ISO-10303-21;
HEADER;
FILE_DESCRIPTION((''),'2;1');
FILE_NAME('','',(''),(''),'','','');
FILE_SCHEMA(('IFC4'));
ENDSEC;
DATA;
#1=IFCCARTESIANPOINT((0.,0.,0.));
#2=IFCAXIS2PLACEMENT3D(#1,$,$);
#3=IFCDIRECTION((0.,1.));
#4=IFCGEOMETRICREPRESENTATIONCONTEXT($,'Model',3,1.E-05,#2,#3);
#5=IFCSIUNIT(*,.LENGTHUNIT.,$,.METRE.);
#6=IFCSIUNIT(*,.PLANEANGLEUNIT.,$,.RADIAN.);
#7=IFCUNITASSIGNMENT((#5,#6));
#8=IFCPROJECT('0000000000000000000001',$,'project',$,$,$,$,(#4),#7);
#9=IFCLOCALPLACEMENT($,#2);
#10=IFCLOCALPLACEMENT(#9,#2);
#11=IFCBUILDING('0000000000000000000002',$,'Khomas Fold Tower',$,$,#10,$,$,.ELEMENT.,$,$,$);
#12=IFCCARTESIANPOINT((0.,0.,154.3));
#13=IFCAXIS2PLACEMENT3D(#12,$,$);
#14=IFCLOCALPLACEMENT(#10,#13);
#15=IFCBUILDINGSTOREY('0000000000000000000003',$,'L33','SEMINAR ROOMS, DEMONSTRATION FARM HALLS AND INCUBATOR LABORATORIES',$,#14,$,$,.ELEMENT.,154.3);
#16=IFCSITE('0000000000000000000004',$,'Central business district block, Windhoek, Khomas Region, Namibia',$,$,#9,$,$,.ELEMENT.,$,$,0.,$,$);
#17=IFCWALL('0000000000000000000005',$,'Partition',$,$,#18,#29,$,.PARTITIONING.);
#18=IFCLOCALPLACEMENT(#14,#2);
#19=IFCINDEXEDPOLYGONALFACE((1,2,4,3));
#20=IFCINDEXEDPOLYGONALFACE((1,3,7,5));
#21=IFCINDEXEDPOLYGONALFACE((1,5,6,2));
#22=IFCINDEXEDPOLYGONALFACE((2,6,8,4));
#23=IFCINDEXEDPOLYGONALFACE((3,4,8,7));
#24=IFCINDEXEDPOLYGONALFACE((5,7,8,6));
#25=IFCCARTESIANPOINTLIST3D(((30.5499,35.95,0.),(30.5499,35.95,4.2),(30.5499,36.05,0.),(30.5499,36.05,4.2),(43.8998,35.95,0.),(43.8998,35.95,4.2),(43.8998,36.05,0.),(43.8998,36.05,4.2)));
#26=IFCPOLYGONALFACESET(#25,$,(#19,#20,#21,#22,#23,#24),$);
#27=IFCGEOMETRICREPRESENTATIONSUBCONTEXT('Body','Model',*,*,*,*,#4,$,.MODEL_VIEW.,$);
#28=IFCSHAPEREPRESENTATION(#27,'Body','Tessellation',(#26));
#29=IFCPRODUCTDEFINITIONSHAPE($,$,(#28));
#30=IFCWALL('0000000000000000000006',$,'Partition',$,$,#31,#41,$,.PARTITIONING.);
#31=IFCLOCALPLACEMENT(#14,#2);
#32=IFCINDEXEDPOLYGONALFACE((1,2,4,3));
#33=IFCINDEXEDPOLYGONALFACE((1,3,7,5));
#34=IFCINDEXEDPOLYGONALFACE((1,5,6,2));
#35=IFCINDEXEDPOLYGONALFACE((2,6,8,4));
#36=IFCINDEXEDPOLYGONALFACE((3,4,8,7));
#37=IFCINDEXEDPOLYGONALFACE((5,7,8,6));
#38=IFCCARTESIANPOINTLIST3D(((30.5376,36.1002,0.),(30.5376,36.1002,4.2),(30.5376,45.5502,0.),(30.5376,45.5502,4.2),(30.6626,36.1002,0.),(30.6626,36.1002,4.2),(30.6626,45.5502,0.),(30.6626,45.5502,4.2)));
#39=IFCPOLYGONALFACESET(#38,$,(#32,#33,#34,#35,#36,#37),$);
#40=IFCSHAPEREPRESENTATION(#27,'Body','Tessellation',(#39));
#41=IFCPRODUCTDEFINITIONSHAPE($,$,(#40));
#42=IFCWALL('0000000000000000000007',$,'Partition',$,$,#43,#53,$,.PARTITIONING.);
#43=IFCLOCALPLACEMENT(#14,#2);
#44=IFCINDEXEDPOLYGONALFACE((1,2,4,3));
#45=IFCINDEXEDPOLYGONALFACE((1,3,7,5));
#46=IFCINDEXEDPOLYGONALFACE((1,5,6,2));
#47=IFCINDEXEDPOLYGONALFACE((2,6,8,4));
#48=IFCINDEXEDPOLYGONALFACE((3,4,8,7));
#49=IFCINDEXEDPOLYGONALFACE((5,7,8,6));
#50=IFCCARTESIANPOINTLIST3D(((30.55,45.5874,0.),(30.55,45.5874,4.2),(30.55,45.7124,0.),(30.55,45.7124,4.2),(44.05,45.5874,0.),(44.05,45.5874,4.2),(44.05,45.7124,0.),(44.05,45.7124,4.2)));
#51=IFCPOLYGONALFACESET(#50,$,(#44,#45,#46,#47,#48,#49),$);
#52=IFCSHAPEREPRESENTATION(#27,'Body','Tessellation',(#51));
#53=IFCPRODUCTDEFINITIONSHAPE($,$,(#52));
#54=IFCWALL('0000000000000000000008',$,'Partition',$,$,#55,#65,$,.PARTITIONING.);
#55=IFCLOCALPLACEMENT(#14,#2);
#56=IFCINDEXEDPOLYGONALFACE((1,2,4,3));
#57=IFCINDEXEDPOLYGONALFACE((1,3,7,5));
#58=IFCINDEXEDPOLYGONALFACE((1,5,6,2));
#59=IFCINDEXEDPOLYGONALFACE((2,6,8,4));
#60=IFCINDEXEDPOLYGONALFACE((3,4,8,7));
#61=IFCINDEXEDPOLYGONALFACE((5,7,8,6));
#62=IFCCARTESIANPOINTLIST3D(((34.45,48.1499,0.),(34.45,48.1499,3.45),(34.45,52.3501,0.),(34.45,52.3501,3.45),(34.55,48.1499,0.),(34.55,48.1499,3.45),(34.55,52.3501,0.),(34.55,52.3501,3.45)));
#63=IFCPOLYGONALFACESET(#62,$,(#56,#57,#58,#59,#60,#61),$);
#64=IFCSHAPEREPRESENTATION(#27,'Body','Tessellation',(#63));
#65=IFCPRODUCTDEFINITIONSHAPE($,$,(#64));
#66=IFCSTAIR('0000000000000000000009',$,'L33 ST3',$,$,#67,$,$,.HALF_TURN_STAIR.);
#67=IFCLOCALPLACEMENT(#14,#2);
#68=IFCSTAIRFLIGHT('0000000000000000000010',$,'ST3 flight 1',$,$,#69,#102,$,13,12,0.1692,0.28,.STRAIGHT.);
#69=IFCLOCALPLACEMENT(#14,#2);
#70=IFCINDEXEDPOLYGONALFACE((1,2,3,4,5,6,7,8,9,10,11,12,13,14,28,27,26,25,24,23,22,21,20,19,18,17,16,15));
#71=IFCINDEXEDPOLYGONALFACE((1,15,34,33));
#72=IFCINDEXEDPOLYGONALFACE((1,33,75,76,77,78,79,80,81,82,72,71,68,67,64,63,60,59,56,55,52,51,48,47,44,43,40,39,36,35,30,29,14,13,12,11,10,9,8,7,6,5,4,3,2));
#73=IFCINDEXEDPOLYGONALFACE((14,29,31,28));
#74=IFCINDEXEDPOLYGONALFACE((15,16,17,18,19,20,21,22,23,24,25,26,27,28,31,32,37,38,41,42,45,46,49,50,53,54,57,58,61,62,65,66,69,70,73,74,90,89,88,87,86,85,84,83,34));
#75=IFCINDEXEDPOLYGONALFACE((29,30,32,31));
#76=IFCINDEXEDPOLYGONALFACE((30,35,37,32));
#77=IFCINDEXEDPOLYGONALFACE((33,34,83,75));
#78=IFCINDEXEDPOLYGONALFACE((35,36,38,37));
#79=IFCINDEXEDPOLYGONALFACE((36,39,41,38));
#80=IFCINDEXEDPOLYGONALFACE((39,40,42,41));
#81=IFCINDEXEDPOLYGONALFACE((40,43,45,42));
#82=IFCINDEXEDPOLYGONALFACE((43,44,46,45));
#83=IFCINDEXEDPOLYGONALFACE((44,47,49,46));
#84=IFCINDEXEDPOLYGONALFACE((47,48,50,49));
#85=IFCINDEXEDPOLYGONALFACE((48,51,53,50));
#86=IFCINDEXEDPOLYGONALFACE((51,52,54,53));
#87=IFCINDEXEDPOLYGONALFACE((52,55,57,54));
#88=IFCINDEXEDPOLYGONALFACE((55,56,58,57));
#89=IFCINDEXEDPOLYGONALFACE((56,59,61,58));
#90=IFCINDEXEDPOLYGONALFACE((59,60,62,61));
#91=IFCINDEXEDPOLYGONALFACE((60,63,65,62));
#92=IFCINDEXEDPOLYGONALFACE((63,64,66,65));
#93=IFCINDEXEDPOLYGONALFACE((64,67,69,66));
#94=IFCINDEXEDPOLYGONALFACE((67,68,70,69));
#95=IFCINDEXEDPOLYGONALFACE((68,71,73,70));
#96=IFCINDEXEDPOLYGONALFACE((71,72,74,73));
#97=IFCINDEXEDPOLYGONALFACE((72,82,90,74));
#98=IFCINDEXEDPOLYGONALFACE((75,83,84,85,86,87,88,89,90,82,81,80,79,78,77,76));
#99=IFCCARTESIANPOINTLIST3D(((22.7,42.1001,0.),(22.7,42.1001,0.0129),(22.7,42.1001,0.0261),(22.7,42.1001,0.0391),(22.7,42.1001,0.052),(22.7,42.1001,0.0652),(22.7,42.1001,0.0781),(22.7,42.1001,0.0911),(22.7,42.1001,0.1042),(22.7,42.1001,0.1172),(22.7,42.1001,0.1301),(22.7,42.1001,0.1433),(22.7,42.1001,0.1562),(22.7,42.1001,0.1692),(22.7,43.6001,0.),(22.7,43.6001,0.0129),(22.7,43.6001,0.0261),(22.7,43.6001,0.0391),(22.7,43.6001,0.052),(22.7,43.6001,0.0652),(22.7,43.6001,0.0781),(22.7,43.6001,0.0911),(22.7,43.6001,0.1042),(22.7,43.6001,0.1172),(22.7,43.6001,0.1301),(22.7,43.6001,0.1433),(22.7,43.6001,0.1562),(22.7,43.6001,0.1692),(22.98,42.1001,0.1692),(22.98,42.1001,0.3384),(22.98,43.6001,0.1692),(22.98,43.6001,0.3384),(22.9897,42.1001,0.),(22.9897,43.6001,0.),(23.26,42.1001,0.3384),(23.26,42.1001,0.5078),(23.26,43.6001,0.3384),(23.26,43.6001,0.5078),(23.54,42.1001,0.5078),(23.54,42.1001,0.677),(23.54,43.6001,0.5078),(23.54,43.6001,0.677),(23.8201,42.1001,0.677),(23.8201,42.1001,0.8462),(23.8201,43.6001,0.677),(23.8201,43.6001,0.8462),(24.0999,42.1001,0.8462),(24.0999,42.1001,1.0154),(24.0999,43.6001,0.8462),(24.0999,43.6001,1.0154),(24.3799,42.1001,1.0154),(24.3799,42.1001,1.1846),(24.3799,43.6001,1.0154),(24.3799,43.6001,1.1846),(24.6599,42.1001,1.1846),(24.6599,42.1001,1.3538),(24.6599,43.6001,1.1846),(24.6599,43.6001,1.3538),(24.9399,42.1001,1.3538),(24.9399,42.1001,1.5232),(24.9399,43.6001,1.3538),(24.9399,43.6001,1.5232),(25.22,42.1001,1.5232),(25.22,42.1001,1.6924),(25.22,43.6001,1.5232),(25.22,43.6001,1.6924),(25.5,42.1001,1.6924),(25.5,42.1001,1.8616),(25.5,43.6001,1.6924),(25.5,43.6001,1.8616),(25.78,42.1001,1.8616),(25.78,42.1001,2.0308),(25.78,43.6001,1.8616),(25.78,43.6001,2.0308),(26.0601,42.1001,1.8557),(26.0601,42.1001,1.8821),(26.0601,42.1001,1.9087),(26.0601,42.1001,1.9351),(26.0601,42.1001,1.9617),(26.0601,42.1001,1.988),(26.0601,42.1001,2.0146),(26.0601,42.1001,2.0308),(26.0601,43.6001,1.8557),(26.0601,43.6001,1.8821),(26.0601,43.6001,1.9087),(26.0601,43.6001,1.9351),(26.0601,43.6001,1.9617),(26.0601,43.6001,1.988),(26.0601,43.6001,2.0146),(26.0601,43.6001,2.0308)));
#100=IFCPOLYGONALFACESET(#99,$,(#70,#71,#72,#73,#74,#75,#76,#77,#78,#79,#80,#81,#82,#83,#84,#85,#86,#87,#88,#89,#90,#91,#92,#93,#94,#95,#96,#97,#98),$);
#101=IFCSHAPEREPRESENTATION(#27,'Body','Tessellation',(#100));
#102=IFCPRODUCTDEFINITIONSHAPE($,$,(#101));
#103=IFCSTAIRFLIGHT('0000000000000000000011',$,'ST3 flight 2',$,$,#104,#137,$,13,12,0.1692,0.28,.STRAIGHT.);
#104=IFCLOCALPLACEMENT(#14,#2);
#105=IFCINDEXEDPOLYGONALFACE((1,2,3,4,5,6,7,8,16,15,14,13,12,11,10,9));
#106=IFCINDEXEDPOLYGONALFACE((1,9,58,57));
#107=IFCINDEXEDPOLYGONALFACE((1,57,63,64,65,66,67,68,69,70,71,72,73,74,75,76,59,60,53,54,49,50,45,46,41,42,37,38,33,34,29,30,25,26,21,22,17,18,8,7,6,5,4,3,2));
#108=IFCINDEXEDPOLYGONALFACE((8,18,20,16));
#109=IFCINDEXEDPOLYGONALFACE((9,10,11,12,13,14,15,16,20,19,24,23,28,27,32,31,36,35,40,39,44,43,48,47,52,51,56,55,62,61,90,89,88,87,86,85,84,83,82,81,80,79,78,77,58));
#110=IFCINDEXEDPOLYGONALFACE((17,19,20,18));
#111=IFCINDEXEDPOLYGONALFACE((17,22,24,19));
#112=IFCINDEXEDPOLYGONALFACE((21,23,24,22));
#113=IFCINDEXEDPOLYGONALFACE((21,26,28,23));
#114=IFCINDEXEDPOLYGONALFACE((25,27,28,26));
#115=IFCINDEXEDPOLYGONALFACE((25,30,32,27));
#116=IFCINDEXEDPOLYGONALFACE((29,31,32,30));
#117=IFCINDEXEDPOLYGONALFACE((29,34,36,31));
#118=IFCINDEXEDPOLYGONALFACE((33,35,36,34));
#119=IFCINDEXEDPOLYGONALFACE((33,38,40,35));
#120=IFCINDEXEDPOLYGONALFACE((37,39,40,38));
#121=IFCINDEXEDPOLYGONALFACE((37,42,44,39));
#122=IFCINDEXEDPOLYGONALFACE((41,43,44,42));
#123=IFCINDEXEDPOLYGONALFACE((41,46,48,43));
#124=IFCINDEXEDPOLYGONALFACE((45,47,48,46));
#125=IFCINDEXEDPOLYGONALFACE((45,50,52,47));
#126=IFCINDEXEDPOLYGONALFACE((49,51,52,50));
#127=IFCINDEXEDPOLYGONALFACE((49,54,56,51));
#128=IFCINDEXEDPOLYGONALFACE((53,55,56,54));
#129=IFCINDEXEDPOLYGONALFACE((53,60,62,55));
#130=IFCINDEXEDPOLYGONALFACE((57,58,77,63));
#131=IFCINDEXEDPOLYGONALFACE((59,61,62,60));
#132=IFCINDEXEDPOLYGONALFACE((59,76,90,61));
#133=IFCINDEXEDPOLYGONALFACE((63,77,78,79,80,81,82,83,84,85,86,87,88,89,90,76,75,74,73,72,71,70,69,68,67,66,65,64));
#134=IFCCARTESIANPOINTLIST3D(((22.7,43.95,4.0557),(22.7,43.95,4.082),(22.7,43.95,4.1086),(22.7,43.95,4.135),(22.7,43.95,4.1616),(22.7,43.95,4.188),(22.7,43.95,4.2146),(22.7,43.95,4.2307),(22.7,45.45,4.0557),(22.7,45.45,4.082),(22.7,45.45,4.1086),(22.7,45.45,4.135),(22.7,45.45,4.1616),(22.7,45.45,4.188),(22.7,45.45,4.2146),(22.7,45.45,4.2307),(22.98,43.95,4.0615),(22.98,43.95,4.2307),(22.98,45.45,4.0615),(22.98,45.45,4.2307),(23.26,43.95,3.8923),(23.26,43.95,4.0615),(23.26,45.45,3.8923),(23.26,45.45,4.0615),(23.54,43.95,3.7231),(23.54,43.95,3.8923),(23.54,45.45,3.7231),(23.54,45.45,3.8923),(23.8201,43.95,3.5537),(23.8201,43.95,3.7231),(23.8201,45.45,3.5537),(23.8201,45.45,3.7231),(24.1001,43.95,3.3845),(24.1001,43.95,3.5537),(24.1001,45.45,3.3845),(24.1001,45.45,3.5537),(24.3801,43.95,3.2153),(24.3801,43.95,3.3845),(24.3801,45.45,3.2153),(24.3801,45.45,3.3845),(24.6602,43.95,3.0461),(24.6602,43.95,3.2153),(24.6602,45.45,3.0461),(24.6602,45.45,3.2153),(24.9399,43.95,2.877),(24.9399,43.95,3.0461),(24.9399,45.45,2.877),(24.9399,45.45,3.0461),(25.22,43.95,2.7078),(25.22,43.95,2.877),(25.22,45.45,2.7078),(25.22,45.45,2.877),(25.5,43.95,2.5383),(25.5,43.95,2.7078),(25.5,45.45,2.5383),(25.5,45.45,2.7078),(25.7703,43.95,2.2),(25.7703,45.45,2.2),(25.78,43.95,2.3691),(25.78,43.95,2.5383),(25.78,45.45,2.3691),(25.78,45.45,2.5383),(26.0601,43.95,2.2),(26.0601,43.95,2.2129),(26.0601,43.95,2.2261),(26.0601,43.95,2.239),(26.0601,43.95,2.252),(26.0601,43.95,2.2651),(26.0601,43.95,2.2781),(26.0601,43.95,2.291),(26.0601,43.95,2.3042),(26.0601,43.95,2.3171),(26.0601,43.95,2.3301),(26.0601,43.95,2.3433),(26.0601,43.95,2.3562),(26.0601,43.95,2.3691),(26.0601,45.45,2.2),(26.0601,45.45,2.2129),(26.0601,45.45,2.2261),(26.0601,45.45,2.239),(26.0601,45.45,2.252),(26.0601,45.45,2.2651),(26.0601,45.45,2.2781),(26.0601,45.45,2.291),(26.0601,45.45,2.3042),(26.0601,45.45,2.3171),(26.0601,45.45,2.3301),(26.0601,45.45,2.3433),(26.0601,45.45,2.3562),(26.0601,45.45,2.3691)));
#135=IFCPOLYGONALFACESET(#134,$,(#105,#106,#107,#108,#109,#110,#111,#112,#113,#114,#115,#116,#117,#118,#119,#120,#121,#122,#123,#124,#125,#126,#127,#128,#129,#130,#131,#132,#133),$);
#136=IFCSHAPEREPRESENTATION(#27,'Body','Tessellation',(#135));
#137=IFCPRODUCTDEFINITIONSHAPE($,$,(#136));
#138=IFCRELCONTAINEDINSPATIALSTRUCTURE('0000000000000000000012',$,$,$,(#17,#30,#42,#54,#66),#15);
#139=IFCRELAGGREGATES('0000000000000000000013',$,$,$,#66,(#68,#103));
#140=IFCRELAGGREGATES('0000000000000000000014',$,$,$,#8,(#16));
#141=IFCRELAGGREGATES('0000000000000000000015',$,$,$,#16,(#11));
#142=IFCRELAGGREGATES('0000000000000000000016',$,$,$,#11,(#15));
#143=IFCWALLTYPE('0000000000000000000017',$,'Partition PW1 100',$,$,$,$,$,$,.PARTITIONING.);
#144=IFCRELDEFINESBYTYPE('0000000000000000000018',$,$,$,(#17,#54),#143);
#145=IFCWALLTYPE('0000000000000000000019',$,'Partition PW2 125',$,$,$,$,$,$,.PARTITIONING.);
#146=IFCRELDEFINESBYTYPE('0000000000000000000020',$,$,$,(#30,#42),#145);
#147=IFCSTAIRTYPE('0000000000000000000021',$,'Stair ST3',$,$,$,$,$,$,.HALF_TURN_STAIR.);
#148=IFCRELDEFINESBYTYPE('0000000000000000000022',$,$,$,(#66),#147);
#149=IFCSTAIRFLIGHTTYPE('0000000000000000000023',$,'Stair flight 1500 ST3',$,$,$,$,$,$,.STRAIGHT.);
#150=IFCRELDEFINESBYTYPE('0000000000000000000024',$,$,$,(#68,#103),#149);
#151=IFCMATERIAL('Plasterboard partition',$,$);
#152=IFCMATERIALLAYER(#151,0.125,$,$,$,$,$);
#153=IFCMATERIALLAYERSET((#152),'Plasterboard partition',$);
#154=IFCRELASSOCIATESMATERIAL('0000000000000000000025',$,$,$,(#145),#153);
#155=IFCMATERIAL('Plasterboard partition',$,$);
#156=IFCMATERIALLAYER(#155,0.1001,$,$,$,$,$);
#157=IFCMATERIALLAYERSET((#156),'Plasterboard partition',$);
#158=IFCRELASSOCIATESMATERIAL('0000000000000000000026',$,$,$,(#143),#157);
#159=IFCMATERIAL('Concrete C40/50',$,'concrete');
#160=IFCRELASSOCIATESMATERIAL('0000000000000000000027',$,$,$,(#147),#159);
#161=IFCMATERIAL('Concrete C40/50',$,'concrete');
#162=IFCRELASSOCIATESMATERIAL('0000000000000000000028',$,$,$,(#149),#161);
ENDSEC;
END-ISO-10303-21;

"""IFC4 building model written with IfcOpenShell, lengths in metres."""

from ifc_helpers import new_model, si_unit, direction, frame, frame_2d, origin, place, context, subcontext, project, spatial, polyline, rectangle, outline, extrude, source, transform, mapped, material, layer, layer_set, type_object, element, aggregate, save


model = new_model("IFC4")

# Units and contexts
model_context = context("Model", 3, precision=1e-05, world=origin(), true_north=direction((0.0, 1.0)))
body_context = subcontext(model_context, "Body", "Model", "MODEL_VIEW")
ifc_project = project(units=[si_unit("LENGTHUNIT", "METRE"), si_unit("PLANEANGLEUNIT", "RADIAN")], contexts=[model_context])

# Site, building, storey
site_placement = place(None, origin())
site = spatial("IfcSite", under=ifc_project, at=site_placement, Name="Central business district block, Windhoek, Khomas Region, Namibia", CompositionType="ELEMENT", RefElevation=0.0)
building_placement = place(site_placement, origin())
building = spatial("IfcBuilding", under=site, at=building_placement, Name="Khomas Fold Tower", CompositionType="ELEMENT")
storey_placement = place(building_placement, frame((0.0, 0.0, 154.3)))
storey = spatial("IfcBuildingStorey", under=building, at=storey_placement, Name="L33", Description="SEMINAR ROOMS, DEMONSTRATION FARM HALLS AND INCUBATOR LABORATORIES", CompositionType="ELEMENT", Elevation=154.3)

# Walls
ifc_material_1 = material(Name="Plasterboard partition")
ifc_layer_1 = layer(ifc_material_1, 0.125)
ifc_layer_set_1 = layer_set([ifc_layer_1], Name="Plasterboard partition")
wall_type_1 = type_object("IfcWallType", Name="Partition PW2 125", PredefinedType="PARTITIONING", material=ifc_layer_set_1)
ifc_material_2 = material(Name="Plasterboard partition")
ifc_layer_2 = layer(ifc_material_2, 0.1001)
ifc_layer_set_2 = layer_set([ifc_layer_2], Name="Plasterboard partition")
wall_type_2 = type_object("IfcWallType", Name="Partition PW1 100", PredefinedType="PARTITIONING", material=ifc_layer_set_2)
shared_shape_1 = source(origin(), body_context, "Body", "SweptSolid", [
    extrude(rectangle(XDim=13.3499, YDim=0.1001, at=frame_2d((6.6748, 0.0))), origin(), (0.0, 0.0, 1.0), 4.2),
])
wall_1_placement = place(storey_placement, frame((30.55, 36.0, 0.0), z_axis=(0.0, 0.0, 1.0), x_axis=(1.0, 0.0, 0.0)))
element("IfcWall", 1, at=wall_1_placement, inside=storey, type_object=wall_type_2, Name="Partition", PredefinedType="PARTITIONING", context=body_context, shape_type="MappedRepresentation", body=[
    mapped(shared_shape_1, transform((0.0, 0.0, 0.0))),
])
shared_shape_2 = source(origin(), body_context, "Body", "SweptSolid", [
    extrude(rectangle(XDim=9.45, YDim=0.125, at=frame_2d((4.7251, 0.0))), origin(), (0.0, 0.0, 1.0), 4.2),
])
wall_2_placement = place(storey_placement, frame((30.6001, 36.1001, 0.0), z_axis=(0.0, 0.0, 1.0), x_axis=(0.0, 1.0, 0.0)))
element("IfcWall", 2, at=wall_2_placement, inside=storey, type_object=wall_type_1, Name="Partition", PredefinedType="PARTITIONING", context=body_context, shape_type="MappedRepresentation", body=[
    mapped(shared_shape_2, transform((0.0, 0.0, 0.0))),
])
shared_shape_3 = source(origin(), body_context, "Body", "SweptSolid", [
    extrude(rectangle(XDim=13.5, YDim=0.125, at=frame_2d((6.75, 0.0))), origin(), (0.0, 0.0, 1.0), 4.2),
])
wall_3_placement = place(storey_placement, frame((30.55, 45.6499, 0.0), z_axis=(0.0, 0.0, 1.0), x_axis=(1.0, 0.0, 0.0)))
element("IfcWall", 3, at=wall_3_placement, inside=storey, type_object=wall_type_1, Name="Partition", PredefinedType="PARTITIONING", context=body_context, shape_type="MappedRepresentation", body=[
    mapped(shared_shape_3, transform((0.0, 0.0, 0.0))),
])
shared_shape_4 = source(origin(), body_context, "Body", "SweptSolid", [
    extrude(rectangle(XDim=4.2002, YDim=0.1001, at=frame_2d((2.1001, 0.0))), origin(), (0.0, 0.0, 1.0), 3.45),
])
wall_4_placement = place(storey_placement, frame((34.5, 48.1499, 0.0), z_axis=(0.0, 0.0, 1.0), x_axis=(0.0, 1.0, 0.0)))
element("IfcWall", 4, at=wall_4_placement, inside=storey, type_object=wall_type_2, Name="Partition", PredefinedType="PARTITIONING", context=body_context, shape_type="MappedRepresentation", body=[
    mapped(shared_shape_4, transform((0.0, 0.0, 0.0))),
])

# Stair, stair flights
ifc_material_3 = material(Name="Concrete C40/50", Category="concrete")
stair_type = type_object("IfcStairType", Name="Stair ST3", PredefinedType="HALF_TURN_STAIR", material=ifc_material_3)
stair_placement = place(storey_placement, origin())
stair = element("IfcStair", 5, at=stair_placement, inside=storey, type_object=stair_type, Name="L33 ST3", PredefinedType="HALF_TURN_STAIR")
ifc_material_4 = material(Name="Concrete C40/50", Category="concrete")
stair_flight_type = type_object("IfcStairFlightType", Name="Stair flight 1500 ST3", PredefinedType="STRAIGHT", material=ifc_material_4)
shared_shape_5 = source(origin(), body_context, "Body", "SweptSolid", [
    extrude(outline(polyline([(0.0, 0.0), (0.0, 0.0129), (0.0, 0.0261), (0.0, 0.0391), (0.0, 0.052), (0.0, 0.0652), (0.0, 0.0781), (0.0, 0.0911), (0.0, 0.1042), (0.0, 0.1172), (0.0, 0.1301), (0.0, 0.1433), (0.0, 0.1562), (0.0, 0.1692), (0.28, 0.1692), (0.28, 0.3384), (0.5601, 0.3384), (0.5601, 0.5078), (0.8401, 0.5078), (0.8401, 0.677), (1.1201, 0.677), (1.1201, 0.8462), (1.3999, 0.8462), (1.3999, 1.0154), (1.6799, 1.0154), (1.6799, 1.1846), (1.96, 1.1846), (1.96, 1.3538), (2.24, 1.3538), (2.24, 1.5232), (2.52, 1.5232), (2.52, 1.6924), (2.8, 1.6924), (2.8, 1.8616), (3.0801, 1.8616), (3.0801, 2.0308), (3.3601, 2.0308), (3.3601, 2.2), (3.3601, 2.1736), (3.3601, 2.147), (3.3601, 2.1206), (3.3601, 2.094), (3.3601, 2.0676), (3.3601, 2.041), (3.3601, 2.0146), (3.3601, 1.988), (3.3601, 1.9617), (3.3601, 1.9351), (3.3601, 1.9087), (3.3601, 1.8821), (3.3601, 1.8557), (0.2898, 0.0), (0.0, 0.0)])), frame((0.0, 0.75, 0.0), z_axis=(0.0, -1.0, 0.0), x_axis=(1.0, 0.0, 0.0)), (0.0, 0.0, 1.0), 1.5),
])
stair_flight_1_placement = place(storey_placement, frame((22.7, 42.8501, 0.0), z_axis=(0.0, 0.0, 1.0), x_axis=(1.0, 0.0, 0.0)))
stair_flight_1 = element("IfcStairFlight", 6, at=stair_flight_1_placement, type_object=stair_flight_type, Name="ST3 flight 1", NumberOfRisers=13, NumberOfTreads=12, PredefinedType="STRAIGHT", RiserHeight=0.1692, TreadLength=0.28, context=body_context, shape_type="MappedRepresentation", body=[
    mapped(shared_shape_5, transform((0.0, 0.0, 0.0))),
])
stair_flight_2_placement = place(storey_placement, frame((26.0601, 44.7, 2.2), z_axis=(0.0, 0.0, 1.0), x_axis=(-1.0, 0.0, 0.0)))
stair_flight_2 = element("IfcStairFlight", 7, at=stair_flight_2_placement, type_object=stair_flight_type, Name="ST3 flight 2", NumberOfRisers=13, NumberOfTreads=12, PredefinedType="STRAIGHT", RiserHeight=0.1692, TreadLength=0.28, context=body_context, shape_type="MappedRepresentation", body=[
    mapped(shared_shape_5, transform((0.0, 0.0, 0.0))),
])
aggregate(stair, [stair_flight_1, stair_flight_2])

save(model, "model.ifc")
